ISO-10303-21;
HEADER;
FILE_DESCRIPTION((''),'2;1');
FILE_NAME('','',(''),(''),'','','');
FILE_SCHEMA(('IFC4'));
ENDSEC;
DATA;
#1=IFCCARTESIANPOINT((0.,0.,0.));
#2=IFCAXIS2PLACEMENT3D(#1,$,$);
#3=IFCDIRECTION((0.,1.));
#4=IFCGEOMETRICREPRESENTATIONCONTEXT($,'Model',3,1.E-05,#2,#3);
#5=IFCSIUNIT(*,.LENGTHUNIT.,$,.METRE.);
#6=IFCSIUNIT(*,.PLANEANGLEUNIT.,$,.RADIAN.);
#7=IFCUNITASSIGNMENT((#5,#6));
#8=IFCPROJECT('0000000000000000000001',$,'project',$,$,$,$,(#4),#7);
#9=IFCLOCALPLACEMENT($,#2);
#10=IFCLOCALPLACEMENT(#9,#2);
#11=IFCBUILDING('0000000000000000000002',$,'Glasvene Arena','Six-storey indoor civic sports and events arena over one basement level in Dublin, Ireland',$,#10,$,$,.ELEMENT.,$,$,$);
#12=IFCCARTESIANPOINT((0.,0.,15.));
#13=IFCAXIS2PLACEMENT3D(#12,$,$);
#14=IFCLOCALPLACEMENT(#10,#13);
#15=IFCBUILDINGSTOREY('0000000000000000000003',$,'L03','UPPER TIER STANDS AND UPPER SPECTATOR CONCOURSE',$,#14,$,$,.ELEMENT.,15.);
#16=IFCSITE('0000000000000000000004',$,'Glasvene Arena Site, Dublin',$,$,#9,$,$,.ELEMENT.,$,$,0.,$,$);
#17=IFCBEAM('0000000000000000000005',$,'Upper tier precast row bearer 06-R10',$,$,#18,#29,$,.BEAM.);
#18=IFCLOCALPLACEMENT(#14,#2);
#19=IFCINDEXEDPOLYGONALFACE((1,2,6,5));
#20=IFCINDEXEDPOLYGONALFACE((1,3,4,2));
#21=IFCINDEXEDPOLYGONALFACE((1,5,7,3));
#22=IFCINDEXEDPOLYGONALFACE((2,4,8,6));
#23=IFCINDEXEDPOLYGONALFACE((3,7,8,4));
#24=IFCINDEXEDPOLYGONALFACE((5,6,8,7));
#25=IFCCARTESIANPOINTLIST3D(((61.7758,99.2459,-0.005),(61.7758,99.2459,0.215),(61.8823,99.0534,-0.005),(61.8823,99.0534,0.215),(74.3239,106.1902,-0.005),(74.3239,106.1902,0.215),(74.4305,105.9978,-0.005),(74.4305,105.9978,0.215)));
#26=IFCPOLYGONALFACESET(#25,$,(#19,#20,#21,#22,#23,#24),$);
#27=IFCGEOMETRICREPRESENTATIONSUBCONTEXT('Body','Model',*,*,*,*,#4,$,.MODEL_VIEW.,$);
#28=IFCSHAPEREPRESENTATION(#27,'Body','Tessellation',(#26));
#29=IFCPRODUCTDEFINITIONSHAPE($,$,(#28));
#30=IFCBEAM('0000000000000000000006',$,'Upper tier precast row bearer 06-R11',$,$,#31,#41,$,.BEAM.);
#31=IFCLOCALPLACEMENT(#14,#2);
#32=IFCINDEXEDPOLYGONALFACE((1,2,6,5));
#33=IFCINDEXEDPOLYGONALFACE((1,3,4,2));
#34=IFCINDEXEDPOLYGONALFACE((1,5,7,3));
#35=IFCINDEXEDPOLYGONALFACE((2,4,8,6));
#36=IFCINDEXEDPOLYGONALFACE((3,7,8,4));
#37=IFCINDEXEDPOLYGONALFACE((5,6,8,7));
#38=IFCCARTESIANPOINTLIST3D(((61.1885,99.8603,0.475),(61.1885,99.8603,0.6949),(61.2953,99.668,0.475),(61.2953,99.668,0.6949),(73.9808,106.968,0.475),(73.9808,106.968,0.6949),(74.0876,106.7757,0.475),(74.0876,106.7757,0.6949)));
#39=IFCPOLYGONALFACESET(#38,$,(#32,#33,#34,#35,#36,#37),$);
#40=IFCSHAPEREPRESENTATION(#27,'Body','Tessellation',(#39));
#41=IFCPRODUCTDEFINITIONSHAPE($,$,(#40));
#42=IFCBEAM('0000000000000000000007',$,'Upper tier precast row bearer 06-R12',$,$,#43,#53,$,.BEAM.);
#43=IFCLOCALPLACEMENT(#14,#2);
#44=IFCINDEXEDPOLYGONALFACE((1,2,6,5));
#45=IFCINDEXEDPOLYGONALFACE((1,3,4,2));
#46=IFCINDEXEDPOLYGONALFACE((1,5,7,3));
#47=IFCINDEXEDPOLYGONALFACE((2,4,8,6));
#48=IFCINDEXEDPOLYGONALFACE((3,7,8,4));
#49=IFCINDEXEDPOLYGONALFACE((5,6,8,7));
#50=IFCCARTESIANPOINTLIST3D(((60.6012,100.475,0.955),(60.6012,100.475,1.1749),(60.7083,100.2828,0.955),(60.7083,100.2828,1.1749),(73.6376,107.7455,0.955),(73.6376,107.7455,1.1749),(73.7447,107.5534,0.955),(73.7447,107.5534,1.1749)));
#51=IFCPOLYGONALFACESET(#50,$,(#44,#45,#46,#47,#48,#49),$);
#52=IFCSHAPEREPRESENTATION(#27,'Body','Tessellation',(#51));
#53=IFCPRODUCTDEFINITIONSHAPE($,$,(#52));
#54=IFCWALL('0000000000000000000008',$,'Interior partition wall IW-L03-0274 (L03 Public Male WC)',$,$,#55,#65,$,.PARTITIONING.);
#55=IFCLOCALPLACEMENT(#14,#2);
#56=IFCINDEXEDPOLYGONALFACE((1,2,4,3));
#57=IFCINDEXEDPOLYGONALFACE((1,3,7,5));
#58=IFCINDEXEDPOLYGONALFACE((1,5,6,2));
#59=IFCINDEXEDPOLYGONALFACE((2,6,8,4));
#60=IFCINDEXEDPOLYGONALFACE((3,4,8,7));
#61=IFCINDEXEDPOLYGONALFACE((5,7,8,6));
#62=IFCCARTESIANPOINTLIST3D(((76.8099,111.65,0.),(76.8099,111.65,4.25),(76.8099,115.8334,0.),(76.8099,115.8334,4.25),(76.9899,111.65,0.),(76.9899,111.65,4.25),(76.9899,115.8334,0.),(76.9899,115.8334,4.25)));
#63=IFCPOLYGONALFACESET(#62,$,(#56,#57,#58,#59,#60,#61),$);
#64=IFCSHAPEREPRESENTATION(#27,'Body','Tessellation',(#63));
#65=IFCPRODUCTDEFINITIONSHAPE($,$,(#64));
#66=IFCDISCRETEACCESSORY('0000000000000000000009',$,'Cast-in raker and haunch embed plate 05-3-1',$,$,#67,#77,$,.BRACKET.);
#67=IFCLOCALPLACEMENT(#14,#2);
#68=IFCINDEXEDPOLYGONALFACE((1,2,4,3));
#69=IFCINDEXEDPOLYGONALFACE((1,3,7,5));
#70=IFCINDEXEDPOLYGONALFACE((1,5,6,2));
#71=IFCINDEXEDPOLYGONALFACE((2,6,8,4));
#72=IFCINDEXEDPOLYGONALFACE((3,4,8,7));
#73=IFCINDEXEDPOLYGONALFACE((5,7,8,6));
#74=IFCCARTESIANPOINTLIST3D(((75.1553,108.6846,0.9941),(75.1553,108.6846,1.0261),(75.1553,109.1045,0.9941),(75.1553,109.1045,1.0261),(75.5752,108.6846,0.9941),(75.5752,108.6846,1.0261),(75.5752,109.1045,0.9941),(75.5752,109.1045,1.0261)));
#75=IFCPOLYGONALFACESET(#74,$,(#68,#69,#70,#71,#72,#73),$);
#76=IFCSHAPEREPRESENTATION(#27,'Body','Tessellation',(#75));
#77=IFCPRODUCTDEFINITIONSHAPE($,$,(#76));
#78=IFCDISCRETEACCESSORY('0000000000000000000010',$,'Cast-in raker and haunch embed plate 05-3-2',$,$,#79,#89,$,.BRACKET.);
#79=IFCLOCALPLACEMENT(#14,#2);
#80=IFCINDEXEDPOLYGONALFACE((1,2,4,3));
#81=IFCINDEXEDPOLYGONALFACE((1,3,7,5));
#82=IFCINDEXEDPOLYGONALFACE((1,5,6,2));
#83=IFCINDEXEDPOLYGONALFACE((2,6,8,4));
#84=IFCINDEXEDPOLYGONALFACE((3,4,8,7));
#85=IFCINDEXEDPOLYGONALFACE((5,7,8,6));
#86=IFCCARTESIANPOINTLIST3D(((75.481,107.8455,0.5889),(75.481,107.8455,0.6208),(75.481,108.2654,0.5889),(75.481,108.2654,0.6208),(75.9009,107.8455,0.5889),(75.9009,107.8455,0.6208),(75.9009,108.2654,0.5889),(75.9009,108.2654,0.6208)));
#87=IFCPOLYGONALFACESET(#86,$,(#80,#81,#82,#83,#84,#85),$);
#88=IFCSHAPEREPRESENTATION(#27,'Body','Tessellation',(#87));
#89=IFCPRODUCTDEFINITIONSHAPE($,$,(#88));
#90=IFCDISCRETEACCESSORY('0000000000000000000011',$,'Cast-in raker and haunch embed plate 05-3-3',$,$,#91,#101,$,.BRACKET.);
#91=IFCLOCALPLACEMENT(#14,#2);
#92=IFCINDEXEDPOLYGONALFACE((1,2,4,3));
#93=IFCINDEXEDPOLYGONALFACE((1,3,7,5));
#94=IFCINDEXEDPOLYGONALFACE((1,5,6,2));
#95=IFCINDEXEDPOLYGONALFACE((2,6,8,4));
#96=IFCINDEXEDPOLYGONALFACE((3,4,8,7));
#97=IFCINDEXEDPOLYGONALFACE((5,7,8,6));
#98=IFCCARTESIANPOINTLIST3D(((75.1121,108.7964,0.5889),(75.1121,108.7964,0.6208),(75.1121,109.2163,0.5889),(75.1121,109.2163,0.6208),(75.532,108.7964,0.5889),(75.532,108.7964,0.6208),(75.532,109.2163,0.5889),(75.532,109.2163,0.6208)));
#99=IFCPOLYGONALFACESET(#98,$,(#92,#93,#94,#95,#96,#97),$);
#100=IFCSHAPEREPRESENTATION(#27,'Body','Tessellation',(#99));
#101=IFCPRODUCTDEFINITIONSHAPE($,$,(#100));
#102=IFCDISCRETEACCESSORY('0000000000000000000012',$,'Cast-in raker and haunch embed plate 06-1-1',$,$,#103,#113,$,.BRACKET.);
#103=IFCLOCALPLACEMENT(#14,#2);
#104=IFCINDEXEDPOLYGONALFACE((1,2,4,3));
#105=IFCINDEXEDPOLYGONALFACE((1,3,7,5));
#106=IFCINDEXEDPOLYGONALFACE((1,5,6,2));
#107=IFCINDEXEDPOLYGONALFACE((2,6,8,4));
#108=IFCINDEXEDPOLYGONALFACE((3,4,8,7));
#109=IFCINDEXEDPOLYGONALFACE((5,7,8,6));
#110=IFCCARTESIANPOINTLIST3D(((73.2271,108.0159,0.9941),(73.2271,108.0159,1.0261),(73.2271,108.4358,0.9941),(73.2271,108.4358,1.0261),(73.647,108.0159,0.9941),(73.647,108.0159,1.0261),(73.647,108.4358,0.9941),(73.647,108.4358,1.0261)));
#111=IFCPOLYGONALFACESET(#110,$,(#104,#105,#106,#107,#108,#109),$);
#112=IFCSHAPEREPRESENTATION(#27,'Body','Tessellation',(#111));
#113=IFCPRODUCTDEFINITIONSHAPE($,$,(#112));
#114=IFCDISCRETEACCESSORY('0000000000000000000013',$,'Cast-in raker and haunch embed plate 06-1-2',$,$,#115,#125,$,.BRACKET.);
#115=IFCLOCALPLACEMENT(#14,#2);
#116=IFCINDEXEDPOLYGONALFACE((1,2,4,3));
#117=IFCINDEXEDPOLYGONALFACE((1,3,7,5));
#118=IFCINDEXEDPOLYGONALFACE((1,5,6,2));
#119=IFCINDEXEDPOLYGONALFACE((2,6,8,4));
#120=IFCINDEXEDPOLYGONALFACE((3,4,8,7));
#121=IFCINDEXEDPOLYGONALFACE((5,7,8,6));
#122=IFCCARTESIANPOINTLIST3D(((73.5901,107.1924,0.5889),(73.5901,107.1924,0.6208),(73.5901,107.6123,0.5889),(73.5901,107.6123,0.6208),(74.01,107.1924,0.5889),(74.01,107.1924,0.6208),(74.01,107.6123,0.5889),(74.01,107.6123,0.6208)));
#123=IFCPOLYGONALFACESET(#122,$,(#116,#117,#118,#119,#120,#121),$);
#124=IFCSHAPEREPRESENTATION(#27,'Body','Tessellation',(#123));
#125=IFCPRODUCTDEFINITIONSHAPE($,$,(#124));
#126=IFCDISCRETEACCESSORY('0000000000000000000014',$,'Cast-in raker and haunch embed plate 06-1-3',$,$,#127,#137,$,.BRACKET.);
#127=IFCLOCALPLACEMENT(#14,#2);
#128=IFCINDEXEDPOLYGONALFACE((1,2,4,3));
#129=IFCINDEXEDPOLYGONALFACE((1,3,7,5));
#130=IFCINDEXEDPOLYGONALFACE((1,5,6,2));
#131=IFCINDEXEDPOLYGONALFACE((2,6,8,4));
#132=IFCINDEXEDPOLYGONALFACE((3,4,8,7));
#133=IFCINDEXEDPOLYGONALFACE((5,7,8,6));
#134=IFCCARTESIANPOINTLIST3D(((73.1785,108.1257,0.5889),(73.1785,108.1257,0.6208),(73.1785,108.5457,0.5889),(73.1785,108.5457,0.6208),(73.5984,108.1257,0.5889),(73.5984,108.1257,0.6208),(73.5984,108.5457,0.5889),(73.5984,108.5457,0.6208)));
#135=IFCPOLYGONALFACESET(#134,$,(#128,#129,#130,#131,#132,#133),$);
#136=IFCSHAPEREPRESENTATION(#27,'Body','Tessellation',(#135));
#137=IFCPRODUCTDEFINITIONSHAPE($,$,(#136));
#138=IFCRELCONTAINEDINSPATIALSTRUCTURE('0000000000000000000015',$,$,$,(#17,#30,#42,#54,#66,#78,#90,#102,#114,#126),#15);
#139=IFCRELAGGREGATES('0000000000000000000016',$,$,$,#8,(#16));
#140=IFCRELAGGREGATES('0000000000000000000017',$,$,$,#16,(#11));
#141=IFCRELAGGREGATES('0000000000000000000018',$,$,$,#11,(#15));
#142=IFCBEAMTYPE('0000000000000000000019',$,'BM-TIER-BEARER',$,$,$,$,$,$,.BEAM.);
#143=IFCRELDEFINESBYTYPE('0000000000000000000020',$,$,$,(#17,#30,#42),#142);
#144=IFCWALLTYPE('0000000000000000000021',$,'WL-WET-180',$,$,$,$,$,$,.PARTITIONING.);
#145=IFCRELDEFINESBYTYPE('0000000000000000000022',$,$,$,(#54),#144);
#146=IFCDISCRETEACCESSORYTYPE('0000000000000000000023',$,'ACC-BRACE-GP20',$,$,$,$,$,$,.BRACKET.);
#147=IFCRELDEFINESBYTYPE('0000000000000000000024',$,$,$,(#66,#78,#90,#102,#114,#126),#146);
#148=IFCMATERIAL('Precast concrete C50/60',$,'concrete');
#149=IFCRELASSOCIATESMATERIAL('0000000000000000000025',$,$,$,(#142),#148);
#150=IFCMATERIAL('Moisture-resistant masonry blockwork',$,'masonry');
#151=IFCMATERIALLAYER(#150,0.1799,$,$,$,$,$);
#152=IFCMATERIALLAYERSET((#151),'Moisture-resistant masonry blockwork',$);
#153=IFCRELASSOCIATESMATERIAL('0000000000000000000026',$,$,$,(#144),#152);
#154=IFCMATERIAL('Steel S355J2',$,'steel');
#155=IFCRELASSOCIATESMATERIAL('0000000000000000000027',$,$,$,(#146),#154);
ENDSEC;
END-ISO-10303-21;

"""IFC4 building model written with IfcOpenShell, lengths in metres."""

from ifc_helpers import new_model, si_unit, direction, frame, frame_2d, origin, origin_2d, place, context, subcontext, project, spatial, rectangle, extrude, material, layer, layer_set, material_profile, profile_set, type_object, element, save


model = new_model("IFC4")

# Units and contexts
model_context = context("Model", 3, precision=1e-05, world=origin(), true_north=direction((0.0, 1.0)))
body_context = subcontext(model_context, "Body", "Model", "MODEL_VIEW")
ifc_project = project(units=[si_unit("LENGTHUNIT", "METRE"), si_unit("PLANEANGLEUNIT", "RADIAN")], contexts=[model_context])

# Site, building, storey
site_placement = place(None, origin())
site = spatial("IfcSite", under=ifc_project, at=site_placement, Name="Glasvene Arena Site, Dublin", CompositionType="ELEMENT", RefElevation=0.0)
building_placement = place(site_placement, origin())
building = spatial("IfcBuilding", under=site, at=building_placement, Name="Glasvene Arena", Description="Six-storey indoor civic sports and events arena over one basement level in Dublin, Ireland", CompositionType="ELEMENT")
storey_placement = place(building_placement, frame((0.0, 0.0, 15.0)))
storey = spatial("IfcBuildingStorey", under=building, at=storey_placement, Name="L03", Description="UPPER TIER STANDS AND UPPER SPECTATOR CONCOURSE", CompositionType="ELEMENT", Elevation=15.0)

# Shared definitions
ifc_material_1 = material(Name="Steel S355J2", Category="steel")

# Beams
ifc_material_2 = material(Name="Precast concrete C50/60", Category="concrete")
ifc_material_profile_1 = material_profile(ifc_material_2, rectangle(XDim=0.22, YDim=0.22, at=origin_2d()), Name="RC 220x220")
ifc_profile_set_1 = profile_set([ifc_material_profile_1], Name="Precast concrete C50/60")
beam_type_1 = type_object("IfcBeamType", Name="BM-TIER-BEARER", PredefinedType="BEAM", material=ifc_profile_set_1)
beam_1_placement = place(storey_placement, frame((74.3772, 106.094, 0.105), z_axis=(-0.87495, -0.484213, 0.0), x_axis=(0.484213, -0.87495, 0.0)))
element("IfcBeam", 1, at=beam_1_placement, inside=storey, type_object=beam_type_1, Name="Upper tier precast row bearer 06-R10", PredefinedType="BEAM", context=body_context, shape_type="SweptSolid", body=[
    extrude(rectangle(XDim=0.22, YDim=0.22, at=origin_2d()), origin(), (0.0, 0.0, 1.0), 14.3416),
])
beam_2_placement = place(storey_placement, frame((74.0342, 106.8718, 0.585), z_axis=(-0.874132, -0.485688, 0.0), x_axis=(0.485688, -0.874132, 0.0)))
element("IfcBeam", 2, at=beam_2_placement, inside=storey, type_object=beam_type_1, Name="Upper tier precast row bearer 06-R11", PredefinedType="BEAM", context=body_context, shape_type="SweptSolid", body=[
    extrude(rectangle(XDim=0.22, YDim=0.22, at=origin_2d()), origin(), (0.0, 0.0, 1.0), 14.6343),
])
beam_3_placement = place(storey_placement, frame((73.6912, 107.6494, 1.0649), z_axis=(-0.873358, -0.48708, 0.0), x_axis=(0.48708, -0.873358, 0.0)))
element("IfcBeam", 3, at=beam_3_placement, inside=storey, type_object=beam_type_1, Name="Upper tier precast row bearer 06-R12", PredefinedType="BEAM", context=body_context, shape_type="SweptSolid", body=[
    extrude(rectangle(XDim=0.22, YDim=0.22, at=origin_2d()), origin(), (0.0, 0.0, 1.0), 14.9268),
])

# Wall
ifc_material_3 = material(Name="Moisture-resistant masonry blockwork", Category="masonry")
ifc_layer_1 = layer(ifc_material_3, 0.1799)
ifc_layer_set_1 = layer_set([ifc_layer_1], Name="Moisture-resistant masonry blockwork")
wall_type = type_object("IfcWallType", Name="WL-WET-180", PredefinedType="PARTITIONING", material=ifc_layer_set_1)
wall_placement = place(storey_placement, frame((76.8999, 111.6499, 0.0), z_axis=(0.0, 0.0, 1.0), x_axis=(0.0, 1.0, 0.0)))
element("IfcWall", 4, at=wall_placement, inside=storey, type_object=wall_type, Name="Interior partition wall IW-L03-0274 (L03 Public Male WC)", PredefinedType="PARTITIONING", context=body_context, shape_type="SweptSolid", body=[
    extrude(rectangle(XDim=4.1833, YDim=0.1799, at=frame_2d((2.0918, 0.0))), origin(), (0.0, 0.0, 1.0), 4.25),
])

# Discrete accessories
discrete_accessory_type = type_object("IfcDiscreteAccessoryType", Name="ACC-BRACE-GP20", PredefinedType="BRACKET", material=ifc_material_1)
for number, where, z_axis, x_axis, name in (
    (5, (75.3652, 108.8945, 0.9941), (0.0, 0.0, 1.0), (1.0, 0.0, 0.0), "Cast-in raker and haunch embed plate 05-3-1"),
    (6, (75.6909, 108.0554, 0.5889), (0.0, 0.0, 1.0), (1.0, 0.0, 0.0), "Cast-in raker and haunch embed plate 05-3-2"),
    (7, (75.322, 109.0063, 0.5889), (0.0, 0.0, 1.0), (1.0, 0.0, 0.0), "Cast-in raker and haunch embed plate 05-3-3"),
    (8, (73.437, 108.2258, 0.9941), (0.0, 0.0, 1.0), (1.0, 0.0, 0.0), "Cast-in raker and haunch embed plate 06-1-1"),
    (9, (73.8, 107.4023, 0.5889), (0.0, 0.0, 1.0), (1.0, 0.0, 0.0), "Cast-in raker and haunch embed plate 06-1-2"),
    (10, (73.3884, 108.3357, 0.5889), (0.0, 0.0, 1.0), (1.0, 0.0, 0.0), "Cast-in raker and haunch embed plate 06-1-3"),
):
    element("IfcDiscreteAccessory", number, at=place(storey_placement, frame(where, z_axis=z_axis, x_axis=x_axis)), inside=storey, type_object=discrete_accessory_type, Name=name, PredefinedType="BRACKET", context=body_context, shape_type="SweptSolid", body=[
        extrude(rectangle(XDim=0.4199, YDim=0.4199, at=origin_2d()), origin(), (0.0, 0.0, 1.0), 0.032),
    ])

save(model, "model.ifc")
